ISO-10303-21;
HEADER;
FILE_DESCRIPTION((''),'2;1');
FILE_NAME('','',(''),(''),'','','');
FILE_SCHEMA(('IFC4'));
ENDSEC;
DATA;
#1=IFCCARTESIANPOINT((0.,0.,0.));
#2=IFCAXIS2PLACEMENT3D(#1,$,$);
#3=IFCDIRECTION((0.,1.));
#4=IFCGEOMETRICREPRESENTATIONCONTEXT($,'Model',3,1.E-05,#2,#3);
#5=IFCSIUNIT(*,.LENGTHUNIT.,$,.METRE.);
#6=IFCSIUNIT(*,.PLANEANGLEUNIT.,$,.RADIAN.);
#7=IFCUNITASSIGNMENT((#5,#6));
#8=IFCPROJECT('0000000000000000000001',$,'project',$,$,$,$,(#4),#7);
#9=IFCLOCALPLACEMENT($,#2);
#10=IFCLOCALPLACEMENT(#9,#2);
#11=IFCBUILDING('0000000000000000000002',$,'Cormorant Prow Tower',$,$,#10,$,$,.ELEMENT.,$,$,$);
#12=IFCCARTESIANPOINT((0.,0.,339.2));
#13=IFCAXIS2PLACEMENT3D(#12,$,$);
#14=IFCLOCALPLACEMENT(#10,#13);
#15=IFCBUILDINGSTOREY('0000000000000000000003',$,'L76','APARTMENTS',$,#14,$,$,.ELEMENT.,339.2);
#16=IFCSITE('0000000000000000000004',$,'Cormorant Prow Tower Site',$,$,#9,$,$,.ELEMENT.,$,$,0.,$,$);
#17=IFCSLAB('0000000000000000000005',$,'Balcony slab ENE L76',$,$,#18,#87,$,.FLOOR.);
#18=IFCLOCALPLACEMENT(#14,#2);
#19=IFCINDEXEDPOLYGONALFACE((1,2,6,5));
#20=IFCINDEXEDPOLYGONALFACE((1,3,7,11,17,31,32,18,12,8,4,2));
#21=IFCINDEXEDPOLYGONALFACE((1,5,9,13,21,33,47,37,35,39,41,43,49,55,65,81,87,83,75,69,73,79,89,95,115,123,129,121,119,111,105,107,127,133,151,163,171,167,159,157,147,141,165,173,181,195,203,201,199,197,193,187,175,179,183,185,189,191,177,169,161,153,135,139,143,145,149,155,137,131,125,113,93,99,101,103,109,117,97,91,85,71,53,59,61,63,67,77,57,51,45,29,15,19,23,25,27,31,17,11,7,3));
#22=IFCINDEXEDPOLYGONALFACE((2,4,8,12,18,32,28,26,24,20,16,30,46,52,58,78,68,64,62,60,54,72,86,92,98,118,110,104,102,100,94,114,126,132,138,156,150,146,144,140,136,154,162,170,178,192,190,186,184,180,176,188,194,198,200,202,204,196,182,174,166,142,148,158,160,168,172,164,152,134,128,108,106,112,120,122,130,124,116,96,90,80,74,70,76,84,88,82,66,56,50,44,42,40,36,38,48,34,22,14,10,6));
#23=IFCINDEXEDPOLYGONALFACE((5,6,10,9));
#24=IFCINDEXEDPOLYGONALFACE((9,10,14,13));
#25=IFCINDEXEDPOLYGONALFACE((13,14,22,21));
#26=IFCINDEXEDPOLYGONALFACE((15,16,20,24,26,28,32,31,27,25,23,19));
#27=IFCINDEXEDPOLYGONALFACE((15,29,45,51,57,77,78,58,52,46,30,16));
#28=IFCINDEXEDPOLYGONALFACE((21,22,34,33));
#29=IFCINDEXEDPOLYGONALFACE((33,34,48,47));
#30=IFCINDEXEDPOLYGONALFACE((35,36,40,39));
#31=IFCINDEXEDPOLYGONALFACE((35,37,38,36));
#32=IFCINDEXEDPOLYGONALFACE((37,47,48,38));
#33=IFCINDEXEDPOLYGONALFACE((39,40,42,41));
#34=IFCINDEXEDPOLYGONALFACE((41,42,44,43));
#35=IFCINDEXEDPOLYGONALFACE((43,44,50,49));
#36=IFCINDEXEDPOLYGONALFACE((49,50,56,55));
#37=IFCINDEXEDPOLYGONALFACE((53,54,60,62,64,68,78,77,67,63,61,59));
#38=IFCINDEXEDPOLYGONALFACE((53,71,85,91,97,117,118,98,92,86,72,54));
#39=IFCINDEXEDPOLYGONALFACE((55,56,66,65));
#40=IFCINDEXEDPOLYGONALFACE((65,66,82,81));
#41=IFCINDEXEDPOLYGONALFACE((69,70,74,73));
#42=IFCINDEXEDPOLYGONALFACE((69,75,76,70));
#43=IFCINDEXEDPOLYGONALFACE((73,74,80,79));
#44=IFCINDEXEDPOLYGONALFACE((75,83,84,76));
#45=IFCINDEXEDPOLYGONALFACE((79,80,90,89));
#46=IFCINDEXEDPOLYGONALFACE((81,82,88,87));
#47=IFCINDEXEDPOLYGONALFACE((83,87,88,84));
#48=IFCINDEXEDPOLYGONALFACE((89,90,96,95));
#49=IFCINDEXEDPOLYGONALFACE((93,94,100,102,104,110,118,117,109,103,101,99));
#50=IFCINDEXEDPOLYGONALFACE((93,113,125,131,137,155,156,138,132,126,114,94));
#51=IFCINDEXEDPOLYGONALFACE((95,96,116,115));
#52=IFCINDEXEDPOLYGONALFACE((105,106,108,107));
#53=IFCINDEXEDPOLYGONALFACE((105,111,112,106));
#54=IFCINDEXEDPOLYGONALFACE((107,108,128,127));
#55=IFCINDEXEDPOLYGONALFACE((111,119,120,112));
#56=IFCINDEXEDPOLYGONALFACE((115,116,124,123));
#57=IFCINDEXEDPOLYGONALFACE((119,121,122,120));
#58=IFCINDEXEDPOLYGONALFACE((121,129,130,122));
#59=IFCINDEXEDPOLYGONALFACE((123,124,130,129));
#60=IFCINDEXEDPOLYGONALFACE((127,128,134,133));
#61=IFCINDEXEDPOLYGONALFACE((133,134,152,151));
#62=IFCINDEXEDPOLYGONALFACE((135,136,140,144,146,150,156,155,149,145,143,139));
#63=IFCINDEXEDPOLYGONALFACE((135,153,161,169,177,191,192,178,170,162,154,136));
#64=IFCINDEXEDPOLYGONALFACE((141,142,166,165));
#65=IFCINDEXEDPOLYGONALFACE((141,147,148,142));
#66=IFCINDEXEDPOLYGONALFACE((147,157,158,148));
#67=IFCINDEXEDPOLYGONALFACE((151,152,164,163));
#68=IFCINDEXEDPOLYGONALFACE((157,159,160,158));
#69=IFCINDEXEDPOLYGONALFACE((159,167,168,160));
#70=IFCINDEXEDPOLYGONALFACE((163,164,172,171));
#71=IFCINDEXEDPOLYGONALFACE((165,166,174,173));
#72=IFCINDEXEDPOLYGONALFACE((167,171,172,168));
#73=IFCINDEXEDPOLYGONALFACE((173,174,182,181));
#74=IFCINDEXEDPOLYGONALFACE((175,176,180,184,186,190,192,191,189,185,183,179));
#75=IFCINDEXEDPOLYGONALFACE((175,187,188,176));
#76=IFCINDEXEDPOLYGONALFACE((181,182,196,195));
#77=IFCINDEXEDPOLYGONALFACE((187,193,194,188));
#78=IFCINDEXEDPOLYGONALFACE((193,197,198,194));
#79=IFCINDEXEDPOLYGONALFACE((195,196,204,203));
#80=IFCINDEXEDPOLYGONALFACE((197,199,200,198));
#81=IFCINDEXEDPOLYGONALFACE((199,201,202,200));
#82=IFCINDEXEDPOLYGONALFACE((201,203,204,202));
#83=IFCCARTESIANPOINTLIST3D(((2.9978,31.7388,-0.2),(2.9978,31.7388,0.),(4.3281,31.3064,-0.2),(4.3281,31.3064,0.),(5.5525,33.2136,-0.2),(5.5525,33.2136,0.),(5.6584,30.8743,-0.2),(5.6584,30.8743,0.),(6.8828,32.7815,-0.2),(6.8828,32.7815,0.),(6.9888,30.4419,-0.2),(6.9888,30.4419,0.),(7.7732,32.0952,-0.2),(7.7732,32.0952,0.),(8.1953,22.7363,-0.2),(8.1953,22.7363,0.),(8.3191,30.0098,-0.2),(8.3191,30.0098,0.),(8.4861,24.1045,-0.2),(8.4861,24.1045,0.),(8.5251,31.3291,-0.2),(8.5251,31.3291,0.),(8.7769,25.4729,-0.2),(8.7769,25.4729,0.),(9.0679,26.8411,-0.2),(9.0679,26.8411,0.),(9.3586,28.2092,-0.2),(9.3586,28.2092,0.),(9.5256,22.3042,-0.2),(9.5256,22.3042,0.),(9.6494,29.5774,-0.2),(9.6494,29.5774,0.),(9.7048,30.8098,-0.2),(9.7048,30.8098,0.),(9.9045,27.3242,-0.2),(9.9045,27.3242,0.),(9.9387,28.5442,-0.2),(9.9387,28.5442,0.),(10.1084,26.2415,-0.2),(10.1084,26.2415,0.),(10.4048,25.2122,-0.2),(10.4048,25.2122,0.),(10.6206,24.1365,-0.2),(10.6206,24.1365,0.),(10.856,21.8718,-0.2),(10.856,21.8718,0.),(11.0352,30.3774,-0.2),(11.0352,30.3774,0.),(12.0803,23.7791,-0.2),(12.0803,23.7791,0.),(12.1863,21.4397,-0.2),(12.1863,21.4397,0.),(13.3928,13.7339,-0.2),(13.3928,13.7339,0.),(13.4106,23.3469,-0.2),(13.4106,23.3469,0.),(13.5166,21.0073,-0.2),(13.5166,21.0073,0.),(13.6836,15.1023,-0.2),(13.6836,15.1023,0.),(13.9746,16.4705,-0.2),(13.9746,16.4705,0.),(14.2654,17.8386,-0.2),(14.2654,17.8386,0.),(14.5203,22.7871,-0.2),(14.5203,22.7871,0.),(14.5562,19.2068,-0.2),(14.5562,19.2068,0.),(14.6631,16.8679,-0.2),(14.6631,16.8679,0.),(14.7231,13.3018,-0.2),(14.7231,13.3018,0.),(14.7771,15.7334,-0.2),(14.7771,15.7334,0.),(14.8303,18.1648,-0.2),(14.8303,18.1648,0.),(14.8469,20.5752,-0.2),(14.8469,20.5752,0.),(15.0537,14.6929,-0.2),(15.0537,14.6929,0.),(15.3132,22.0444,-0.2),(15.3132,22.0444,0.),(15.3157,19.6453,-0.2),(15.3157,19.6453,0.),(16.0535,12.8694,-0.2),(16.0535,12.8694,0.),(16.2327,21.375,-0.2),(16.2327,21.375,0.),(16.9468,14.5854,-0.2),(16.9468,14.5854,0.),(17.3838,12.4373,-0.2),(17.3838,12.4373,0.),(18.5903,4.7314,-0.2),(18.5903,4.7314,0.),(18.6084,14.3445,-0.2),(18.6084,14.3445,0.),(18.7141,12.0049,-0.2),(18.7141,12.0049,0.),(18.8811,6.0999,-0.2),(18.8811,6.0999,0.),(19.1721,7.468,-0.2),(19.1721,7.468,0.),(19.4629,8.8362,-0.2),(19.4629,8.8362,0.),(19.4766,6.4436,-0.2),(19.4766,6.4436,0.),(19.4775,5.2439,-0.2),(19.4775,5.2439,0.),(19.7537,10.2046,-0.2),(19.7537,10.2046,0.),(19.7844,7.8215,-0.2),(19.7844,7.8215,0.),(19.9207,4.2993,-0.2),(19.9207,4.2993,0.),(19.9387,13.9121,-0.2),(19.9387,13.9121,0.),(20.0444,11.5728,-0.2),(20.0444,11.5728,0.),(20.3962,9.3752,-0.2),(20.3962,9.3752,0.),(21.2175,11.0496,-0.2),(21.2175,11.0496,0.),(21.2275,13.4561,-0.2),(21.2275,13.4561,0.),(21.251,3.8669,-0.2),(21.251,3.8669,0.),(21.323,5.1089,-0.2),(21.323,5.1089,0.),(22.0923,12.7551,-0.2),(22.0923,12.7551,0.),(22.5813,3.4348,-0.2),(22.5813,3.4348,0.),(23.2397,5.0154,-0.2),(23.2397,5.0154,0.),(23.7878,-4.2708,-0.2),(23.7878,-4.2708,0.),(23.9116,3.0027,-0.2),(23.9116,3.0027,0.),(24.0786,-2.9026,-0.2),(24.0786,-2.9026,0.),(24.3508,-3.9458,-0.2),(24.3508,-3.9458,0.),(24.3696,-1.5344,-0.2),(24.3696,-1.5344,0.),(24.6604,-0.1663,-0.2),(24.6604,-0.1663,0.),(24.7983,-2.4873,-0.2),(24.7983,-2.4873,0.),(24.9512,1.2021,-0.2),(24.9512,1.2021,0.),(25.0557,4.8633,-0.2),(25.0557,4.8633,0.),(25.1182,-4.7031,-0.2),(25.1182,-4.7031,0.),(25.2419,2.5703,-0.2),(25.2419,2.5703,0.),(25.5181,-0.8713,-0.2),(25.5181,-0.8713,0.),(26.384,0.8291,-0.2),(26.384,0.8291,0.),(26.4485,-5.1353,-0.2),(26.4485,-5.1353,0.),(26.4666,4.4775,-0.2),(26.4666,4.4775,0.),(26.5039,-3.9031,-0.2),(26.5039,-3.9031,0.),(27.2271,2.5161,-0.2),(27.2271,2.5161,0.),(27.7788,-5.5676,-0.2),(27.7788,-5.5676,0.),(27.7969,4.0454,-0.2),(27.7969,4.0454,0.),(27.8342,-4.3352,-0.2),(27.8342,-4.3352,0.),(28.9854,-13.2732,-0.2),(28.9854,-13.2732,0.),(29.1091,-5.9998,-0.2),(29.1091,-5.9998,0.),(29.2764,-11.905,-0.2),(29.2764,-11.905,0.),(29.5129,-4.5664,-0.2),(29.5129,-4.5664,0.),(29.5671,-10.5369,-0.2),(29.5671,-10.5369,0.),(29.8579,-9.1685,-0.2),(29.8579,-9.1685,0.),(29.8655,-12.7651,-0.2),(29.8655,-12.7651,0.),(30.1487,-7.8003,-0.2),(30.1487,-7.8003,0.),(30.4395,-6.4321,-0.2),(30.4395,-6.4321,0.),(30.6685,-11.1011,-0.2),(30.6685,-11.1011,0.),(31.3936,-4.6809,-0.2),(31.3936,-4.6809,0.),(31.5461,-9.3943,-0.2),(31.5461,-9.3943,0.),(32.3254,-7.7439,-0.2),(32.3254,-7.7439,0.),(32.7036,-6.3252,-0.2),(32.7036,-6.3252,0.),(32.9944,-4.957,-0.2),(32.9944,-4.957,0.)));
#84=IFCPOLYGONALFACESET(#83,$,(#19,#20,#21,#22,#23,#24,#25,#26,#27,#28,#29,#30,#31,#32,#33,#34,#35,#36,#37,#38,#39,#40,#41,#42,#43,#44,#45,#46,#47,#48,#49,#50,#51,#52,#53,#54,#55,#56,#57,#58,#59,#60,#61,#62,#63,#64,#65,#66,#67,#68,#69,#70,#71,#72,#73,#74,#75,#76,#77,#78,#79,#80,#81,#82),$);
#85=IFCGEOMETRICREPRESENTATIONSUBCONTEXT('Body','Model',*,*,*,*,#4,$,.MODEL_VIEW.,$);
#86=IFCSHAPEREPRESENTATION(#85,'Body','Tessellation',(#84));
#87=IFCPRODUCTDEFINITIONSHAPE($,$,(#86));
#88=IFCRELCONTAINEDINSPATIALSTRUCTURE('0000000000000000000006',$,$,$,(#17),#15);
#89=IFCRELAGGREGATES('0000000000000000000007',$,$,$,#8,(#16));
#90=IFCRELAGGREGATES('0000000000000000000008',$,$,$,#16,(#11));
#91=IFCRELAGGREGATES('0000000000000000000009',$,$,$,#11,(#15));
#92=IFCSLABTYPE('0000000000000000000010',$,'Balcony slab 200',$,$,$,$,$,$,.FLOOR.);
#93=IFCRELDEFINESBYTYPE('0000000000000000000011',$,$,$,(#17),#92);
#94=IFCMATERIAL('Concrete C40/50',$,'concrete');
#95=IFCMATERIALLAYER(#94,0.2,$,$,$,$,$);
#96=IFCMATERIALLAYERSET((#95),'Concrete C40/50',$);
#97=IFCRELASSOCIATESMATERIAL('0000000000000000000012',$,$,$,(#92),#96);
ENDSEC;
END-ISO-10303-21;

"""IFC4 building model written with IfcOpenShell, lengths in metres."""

from ifc_helpers import new_model, si_unit, direction, frame, origin, place, context, subcontext, project, spatial, polyline, outline, extrude, material, layer, layer_set, type_object, element, save


model = new_model("IFC4")

# Units and contexts
model_context = context("Model", 3, precision=1e-05, world=origin(), true_north=direction((0.0, 1.0)))
body_context = subcontext(model_context, "Body", "Model", "MODEL_VIEW")
ifc_project = project(units=[si_unit("LENGTHUNIT", "METRE"), si_unit("PLANEANGLEUNIT", "RADIAN")], contexts=[model_context])

# Site, building, storey
site_placement = place(None, origin())
site = spatial("IfcSite", under=ifc_project, at=site_placement, Name="Cormorant Prow Tower Site", CompositionType="ELEMENT", RefElevation=0.0)
building_placement = place(site_placement, origin())
building = spatial("IfcBuilding", under=site, at=building_placement, Name="Cormorant Prow Tower", CompositionType="ELEMENT")
storey_placement = place(building_placement, frame((0.0, 0.0, 339.2)))
storey = spatial("IfcBuildingStorey", under=building, at=storey_placement, Name="L76", Description="APARTMENTS", CompositionType="ELEMENT", Elevation=339.2)

# Slab
ifc_material_1 = material(Name="Concrete C40/50", Category="concrete")
ifc_layer_1 = layer(ifc_material_1, 0.2)
ifc_layer_set_1 = layer_set([ifc_layer_1], Name="Concrete C40/50")
slab_type_1 = type_object("IfcSlabType", Name="Balcony slab 200", PredefinedType="FLOOR", material=ifc_layer_set_1)
slab_1_placement = place(storey_placement, frame((0.0, 0.0, -0.2)))
element("IfcSlab", 1, at=slab_1_placement, inside=storey, type_object=slab_type_1, Name="Balcony slab ENE L76", PredefinedType="FLOOR", context=body_context, shape_type="SweptSolid", body=[
    extrude(outline(polyline([(28.9854, -13.2732), (29.8655, -12.7651), (30.6685, -11.1011), (31.5461, -9.3943), (32.3254, -7.7439), (32.7036, -6.3252), (32.9944, -4.957), (31.3936, -4.6809), (29.5129, -4.5664), (27.8342, -4.3352), (26.5039, -3.9031), (24.3508, -3.9458), (24.7983, -2.4873), (25.5181, -0.8713), (26.384, 0.8291), (27.2271, 2.5161), (27.7969, 4.0454), (26.4666, 4.4775), (25.0557, 4.8633), (23.2397, 5.0154), (21.323, 5.1089), (19.4775, 5.2439), (19.4766, 6.4436), (19.7844, 7.8215), (20.3962, 9.3752), (21.2175, 11.0496), (22.0923, 12.7551), (21.2275, 13.4561), (19.9387, 13.9121), (18.6084, 14.3445), (16.9468, 14.5854), (15.0537, 14.6929), (14.7771, 15.7334), (14.6631, 16.8679), (14.8303, 18.1648), (15.3157, 19.6453), (16.2327, 21.375), (15.3132, 22.0444), (14.5203, 22.7871), (13.4106, 23.3469), (12.0803, 23.7791), (10.6206, 24.1365), (10.4048, 25.2122), (10.1084, 26.2415), (9.9045, 27.3242), (9.9387, 28.5442), (11.0352, 30.3774), (9.7048, 30.8098), (8.5251, 31.3291), (7.7732, 32.0952), (6.8828, 32.7815), (5.5525, 33.2136), (2.9978, 31.7388), (4.3281, 31.3064), (5.6584, 30.8743), (6.9888, 30.4419), (8.3191, 30.0098), (9.6494, 29.5774), (9.3586, 28.2092), (9.0679, 26.8411), (8.7769, 25.4729), (8.4861, 24.1045), (8.1953, 22.7363), (9.5256, 22.3042), (10.856, 21.8718), (12.1863, 21.4397), (13.5166, 21.0073), (14.8469, 20.5752), (14.5562, 19.2068), (14.2654, 17.8386), (13.9746, 16.4705), (13.6836, 15.1023), (13.3928, 13.7339), (14.7231, 13.3018), (16.0535, 12.8694), (17.3838, 12.4373), (18.7141, 12.0049), (20.0444, 11.5728), (19.7537, 10.2046), (19.4629, 8.8362), (19.1721, 7.468), (18.8811, 6.0999), (18.5903, 4.7314), (19.9207, 4.2993), (21.251, 3.8669), (22.5813, 3.4348), (23.9116, 3.0027), (25.2419, 2.5703), (24.9512, 1.2021), (24.6604, -0.1663), (24.3696, -1.5344), (24.0786, -2.9026), (23.7878, -4.2708), (25.1182, -4.7031), (26.4485, -5.1353), (27.7788, -5.5676), (29.1091, -5.9998), (30.4395, -6.4321), (30.1487, -7.8003), (29.8579, -9.1685), (29.5671, -10.5369), (29.2764, -11.905), (28.9854, -13.2732)])), origin(), (0.0, 0.0, 1.0), 0.2),
])

save(model, "model.ifc")
